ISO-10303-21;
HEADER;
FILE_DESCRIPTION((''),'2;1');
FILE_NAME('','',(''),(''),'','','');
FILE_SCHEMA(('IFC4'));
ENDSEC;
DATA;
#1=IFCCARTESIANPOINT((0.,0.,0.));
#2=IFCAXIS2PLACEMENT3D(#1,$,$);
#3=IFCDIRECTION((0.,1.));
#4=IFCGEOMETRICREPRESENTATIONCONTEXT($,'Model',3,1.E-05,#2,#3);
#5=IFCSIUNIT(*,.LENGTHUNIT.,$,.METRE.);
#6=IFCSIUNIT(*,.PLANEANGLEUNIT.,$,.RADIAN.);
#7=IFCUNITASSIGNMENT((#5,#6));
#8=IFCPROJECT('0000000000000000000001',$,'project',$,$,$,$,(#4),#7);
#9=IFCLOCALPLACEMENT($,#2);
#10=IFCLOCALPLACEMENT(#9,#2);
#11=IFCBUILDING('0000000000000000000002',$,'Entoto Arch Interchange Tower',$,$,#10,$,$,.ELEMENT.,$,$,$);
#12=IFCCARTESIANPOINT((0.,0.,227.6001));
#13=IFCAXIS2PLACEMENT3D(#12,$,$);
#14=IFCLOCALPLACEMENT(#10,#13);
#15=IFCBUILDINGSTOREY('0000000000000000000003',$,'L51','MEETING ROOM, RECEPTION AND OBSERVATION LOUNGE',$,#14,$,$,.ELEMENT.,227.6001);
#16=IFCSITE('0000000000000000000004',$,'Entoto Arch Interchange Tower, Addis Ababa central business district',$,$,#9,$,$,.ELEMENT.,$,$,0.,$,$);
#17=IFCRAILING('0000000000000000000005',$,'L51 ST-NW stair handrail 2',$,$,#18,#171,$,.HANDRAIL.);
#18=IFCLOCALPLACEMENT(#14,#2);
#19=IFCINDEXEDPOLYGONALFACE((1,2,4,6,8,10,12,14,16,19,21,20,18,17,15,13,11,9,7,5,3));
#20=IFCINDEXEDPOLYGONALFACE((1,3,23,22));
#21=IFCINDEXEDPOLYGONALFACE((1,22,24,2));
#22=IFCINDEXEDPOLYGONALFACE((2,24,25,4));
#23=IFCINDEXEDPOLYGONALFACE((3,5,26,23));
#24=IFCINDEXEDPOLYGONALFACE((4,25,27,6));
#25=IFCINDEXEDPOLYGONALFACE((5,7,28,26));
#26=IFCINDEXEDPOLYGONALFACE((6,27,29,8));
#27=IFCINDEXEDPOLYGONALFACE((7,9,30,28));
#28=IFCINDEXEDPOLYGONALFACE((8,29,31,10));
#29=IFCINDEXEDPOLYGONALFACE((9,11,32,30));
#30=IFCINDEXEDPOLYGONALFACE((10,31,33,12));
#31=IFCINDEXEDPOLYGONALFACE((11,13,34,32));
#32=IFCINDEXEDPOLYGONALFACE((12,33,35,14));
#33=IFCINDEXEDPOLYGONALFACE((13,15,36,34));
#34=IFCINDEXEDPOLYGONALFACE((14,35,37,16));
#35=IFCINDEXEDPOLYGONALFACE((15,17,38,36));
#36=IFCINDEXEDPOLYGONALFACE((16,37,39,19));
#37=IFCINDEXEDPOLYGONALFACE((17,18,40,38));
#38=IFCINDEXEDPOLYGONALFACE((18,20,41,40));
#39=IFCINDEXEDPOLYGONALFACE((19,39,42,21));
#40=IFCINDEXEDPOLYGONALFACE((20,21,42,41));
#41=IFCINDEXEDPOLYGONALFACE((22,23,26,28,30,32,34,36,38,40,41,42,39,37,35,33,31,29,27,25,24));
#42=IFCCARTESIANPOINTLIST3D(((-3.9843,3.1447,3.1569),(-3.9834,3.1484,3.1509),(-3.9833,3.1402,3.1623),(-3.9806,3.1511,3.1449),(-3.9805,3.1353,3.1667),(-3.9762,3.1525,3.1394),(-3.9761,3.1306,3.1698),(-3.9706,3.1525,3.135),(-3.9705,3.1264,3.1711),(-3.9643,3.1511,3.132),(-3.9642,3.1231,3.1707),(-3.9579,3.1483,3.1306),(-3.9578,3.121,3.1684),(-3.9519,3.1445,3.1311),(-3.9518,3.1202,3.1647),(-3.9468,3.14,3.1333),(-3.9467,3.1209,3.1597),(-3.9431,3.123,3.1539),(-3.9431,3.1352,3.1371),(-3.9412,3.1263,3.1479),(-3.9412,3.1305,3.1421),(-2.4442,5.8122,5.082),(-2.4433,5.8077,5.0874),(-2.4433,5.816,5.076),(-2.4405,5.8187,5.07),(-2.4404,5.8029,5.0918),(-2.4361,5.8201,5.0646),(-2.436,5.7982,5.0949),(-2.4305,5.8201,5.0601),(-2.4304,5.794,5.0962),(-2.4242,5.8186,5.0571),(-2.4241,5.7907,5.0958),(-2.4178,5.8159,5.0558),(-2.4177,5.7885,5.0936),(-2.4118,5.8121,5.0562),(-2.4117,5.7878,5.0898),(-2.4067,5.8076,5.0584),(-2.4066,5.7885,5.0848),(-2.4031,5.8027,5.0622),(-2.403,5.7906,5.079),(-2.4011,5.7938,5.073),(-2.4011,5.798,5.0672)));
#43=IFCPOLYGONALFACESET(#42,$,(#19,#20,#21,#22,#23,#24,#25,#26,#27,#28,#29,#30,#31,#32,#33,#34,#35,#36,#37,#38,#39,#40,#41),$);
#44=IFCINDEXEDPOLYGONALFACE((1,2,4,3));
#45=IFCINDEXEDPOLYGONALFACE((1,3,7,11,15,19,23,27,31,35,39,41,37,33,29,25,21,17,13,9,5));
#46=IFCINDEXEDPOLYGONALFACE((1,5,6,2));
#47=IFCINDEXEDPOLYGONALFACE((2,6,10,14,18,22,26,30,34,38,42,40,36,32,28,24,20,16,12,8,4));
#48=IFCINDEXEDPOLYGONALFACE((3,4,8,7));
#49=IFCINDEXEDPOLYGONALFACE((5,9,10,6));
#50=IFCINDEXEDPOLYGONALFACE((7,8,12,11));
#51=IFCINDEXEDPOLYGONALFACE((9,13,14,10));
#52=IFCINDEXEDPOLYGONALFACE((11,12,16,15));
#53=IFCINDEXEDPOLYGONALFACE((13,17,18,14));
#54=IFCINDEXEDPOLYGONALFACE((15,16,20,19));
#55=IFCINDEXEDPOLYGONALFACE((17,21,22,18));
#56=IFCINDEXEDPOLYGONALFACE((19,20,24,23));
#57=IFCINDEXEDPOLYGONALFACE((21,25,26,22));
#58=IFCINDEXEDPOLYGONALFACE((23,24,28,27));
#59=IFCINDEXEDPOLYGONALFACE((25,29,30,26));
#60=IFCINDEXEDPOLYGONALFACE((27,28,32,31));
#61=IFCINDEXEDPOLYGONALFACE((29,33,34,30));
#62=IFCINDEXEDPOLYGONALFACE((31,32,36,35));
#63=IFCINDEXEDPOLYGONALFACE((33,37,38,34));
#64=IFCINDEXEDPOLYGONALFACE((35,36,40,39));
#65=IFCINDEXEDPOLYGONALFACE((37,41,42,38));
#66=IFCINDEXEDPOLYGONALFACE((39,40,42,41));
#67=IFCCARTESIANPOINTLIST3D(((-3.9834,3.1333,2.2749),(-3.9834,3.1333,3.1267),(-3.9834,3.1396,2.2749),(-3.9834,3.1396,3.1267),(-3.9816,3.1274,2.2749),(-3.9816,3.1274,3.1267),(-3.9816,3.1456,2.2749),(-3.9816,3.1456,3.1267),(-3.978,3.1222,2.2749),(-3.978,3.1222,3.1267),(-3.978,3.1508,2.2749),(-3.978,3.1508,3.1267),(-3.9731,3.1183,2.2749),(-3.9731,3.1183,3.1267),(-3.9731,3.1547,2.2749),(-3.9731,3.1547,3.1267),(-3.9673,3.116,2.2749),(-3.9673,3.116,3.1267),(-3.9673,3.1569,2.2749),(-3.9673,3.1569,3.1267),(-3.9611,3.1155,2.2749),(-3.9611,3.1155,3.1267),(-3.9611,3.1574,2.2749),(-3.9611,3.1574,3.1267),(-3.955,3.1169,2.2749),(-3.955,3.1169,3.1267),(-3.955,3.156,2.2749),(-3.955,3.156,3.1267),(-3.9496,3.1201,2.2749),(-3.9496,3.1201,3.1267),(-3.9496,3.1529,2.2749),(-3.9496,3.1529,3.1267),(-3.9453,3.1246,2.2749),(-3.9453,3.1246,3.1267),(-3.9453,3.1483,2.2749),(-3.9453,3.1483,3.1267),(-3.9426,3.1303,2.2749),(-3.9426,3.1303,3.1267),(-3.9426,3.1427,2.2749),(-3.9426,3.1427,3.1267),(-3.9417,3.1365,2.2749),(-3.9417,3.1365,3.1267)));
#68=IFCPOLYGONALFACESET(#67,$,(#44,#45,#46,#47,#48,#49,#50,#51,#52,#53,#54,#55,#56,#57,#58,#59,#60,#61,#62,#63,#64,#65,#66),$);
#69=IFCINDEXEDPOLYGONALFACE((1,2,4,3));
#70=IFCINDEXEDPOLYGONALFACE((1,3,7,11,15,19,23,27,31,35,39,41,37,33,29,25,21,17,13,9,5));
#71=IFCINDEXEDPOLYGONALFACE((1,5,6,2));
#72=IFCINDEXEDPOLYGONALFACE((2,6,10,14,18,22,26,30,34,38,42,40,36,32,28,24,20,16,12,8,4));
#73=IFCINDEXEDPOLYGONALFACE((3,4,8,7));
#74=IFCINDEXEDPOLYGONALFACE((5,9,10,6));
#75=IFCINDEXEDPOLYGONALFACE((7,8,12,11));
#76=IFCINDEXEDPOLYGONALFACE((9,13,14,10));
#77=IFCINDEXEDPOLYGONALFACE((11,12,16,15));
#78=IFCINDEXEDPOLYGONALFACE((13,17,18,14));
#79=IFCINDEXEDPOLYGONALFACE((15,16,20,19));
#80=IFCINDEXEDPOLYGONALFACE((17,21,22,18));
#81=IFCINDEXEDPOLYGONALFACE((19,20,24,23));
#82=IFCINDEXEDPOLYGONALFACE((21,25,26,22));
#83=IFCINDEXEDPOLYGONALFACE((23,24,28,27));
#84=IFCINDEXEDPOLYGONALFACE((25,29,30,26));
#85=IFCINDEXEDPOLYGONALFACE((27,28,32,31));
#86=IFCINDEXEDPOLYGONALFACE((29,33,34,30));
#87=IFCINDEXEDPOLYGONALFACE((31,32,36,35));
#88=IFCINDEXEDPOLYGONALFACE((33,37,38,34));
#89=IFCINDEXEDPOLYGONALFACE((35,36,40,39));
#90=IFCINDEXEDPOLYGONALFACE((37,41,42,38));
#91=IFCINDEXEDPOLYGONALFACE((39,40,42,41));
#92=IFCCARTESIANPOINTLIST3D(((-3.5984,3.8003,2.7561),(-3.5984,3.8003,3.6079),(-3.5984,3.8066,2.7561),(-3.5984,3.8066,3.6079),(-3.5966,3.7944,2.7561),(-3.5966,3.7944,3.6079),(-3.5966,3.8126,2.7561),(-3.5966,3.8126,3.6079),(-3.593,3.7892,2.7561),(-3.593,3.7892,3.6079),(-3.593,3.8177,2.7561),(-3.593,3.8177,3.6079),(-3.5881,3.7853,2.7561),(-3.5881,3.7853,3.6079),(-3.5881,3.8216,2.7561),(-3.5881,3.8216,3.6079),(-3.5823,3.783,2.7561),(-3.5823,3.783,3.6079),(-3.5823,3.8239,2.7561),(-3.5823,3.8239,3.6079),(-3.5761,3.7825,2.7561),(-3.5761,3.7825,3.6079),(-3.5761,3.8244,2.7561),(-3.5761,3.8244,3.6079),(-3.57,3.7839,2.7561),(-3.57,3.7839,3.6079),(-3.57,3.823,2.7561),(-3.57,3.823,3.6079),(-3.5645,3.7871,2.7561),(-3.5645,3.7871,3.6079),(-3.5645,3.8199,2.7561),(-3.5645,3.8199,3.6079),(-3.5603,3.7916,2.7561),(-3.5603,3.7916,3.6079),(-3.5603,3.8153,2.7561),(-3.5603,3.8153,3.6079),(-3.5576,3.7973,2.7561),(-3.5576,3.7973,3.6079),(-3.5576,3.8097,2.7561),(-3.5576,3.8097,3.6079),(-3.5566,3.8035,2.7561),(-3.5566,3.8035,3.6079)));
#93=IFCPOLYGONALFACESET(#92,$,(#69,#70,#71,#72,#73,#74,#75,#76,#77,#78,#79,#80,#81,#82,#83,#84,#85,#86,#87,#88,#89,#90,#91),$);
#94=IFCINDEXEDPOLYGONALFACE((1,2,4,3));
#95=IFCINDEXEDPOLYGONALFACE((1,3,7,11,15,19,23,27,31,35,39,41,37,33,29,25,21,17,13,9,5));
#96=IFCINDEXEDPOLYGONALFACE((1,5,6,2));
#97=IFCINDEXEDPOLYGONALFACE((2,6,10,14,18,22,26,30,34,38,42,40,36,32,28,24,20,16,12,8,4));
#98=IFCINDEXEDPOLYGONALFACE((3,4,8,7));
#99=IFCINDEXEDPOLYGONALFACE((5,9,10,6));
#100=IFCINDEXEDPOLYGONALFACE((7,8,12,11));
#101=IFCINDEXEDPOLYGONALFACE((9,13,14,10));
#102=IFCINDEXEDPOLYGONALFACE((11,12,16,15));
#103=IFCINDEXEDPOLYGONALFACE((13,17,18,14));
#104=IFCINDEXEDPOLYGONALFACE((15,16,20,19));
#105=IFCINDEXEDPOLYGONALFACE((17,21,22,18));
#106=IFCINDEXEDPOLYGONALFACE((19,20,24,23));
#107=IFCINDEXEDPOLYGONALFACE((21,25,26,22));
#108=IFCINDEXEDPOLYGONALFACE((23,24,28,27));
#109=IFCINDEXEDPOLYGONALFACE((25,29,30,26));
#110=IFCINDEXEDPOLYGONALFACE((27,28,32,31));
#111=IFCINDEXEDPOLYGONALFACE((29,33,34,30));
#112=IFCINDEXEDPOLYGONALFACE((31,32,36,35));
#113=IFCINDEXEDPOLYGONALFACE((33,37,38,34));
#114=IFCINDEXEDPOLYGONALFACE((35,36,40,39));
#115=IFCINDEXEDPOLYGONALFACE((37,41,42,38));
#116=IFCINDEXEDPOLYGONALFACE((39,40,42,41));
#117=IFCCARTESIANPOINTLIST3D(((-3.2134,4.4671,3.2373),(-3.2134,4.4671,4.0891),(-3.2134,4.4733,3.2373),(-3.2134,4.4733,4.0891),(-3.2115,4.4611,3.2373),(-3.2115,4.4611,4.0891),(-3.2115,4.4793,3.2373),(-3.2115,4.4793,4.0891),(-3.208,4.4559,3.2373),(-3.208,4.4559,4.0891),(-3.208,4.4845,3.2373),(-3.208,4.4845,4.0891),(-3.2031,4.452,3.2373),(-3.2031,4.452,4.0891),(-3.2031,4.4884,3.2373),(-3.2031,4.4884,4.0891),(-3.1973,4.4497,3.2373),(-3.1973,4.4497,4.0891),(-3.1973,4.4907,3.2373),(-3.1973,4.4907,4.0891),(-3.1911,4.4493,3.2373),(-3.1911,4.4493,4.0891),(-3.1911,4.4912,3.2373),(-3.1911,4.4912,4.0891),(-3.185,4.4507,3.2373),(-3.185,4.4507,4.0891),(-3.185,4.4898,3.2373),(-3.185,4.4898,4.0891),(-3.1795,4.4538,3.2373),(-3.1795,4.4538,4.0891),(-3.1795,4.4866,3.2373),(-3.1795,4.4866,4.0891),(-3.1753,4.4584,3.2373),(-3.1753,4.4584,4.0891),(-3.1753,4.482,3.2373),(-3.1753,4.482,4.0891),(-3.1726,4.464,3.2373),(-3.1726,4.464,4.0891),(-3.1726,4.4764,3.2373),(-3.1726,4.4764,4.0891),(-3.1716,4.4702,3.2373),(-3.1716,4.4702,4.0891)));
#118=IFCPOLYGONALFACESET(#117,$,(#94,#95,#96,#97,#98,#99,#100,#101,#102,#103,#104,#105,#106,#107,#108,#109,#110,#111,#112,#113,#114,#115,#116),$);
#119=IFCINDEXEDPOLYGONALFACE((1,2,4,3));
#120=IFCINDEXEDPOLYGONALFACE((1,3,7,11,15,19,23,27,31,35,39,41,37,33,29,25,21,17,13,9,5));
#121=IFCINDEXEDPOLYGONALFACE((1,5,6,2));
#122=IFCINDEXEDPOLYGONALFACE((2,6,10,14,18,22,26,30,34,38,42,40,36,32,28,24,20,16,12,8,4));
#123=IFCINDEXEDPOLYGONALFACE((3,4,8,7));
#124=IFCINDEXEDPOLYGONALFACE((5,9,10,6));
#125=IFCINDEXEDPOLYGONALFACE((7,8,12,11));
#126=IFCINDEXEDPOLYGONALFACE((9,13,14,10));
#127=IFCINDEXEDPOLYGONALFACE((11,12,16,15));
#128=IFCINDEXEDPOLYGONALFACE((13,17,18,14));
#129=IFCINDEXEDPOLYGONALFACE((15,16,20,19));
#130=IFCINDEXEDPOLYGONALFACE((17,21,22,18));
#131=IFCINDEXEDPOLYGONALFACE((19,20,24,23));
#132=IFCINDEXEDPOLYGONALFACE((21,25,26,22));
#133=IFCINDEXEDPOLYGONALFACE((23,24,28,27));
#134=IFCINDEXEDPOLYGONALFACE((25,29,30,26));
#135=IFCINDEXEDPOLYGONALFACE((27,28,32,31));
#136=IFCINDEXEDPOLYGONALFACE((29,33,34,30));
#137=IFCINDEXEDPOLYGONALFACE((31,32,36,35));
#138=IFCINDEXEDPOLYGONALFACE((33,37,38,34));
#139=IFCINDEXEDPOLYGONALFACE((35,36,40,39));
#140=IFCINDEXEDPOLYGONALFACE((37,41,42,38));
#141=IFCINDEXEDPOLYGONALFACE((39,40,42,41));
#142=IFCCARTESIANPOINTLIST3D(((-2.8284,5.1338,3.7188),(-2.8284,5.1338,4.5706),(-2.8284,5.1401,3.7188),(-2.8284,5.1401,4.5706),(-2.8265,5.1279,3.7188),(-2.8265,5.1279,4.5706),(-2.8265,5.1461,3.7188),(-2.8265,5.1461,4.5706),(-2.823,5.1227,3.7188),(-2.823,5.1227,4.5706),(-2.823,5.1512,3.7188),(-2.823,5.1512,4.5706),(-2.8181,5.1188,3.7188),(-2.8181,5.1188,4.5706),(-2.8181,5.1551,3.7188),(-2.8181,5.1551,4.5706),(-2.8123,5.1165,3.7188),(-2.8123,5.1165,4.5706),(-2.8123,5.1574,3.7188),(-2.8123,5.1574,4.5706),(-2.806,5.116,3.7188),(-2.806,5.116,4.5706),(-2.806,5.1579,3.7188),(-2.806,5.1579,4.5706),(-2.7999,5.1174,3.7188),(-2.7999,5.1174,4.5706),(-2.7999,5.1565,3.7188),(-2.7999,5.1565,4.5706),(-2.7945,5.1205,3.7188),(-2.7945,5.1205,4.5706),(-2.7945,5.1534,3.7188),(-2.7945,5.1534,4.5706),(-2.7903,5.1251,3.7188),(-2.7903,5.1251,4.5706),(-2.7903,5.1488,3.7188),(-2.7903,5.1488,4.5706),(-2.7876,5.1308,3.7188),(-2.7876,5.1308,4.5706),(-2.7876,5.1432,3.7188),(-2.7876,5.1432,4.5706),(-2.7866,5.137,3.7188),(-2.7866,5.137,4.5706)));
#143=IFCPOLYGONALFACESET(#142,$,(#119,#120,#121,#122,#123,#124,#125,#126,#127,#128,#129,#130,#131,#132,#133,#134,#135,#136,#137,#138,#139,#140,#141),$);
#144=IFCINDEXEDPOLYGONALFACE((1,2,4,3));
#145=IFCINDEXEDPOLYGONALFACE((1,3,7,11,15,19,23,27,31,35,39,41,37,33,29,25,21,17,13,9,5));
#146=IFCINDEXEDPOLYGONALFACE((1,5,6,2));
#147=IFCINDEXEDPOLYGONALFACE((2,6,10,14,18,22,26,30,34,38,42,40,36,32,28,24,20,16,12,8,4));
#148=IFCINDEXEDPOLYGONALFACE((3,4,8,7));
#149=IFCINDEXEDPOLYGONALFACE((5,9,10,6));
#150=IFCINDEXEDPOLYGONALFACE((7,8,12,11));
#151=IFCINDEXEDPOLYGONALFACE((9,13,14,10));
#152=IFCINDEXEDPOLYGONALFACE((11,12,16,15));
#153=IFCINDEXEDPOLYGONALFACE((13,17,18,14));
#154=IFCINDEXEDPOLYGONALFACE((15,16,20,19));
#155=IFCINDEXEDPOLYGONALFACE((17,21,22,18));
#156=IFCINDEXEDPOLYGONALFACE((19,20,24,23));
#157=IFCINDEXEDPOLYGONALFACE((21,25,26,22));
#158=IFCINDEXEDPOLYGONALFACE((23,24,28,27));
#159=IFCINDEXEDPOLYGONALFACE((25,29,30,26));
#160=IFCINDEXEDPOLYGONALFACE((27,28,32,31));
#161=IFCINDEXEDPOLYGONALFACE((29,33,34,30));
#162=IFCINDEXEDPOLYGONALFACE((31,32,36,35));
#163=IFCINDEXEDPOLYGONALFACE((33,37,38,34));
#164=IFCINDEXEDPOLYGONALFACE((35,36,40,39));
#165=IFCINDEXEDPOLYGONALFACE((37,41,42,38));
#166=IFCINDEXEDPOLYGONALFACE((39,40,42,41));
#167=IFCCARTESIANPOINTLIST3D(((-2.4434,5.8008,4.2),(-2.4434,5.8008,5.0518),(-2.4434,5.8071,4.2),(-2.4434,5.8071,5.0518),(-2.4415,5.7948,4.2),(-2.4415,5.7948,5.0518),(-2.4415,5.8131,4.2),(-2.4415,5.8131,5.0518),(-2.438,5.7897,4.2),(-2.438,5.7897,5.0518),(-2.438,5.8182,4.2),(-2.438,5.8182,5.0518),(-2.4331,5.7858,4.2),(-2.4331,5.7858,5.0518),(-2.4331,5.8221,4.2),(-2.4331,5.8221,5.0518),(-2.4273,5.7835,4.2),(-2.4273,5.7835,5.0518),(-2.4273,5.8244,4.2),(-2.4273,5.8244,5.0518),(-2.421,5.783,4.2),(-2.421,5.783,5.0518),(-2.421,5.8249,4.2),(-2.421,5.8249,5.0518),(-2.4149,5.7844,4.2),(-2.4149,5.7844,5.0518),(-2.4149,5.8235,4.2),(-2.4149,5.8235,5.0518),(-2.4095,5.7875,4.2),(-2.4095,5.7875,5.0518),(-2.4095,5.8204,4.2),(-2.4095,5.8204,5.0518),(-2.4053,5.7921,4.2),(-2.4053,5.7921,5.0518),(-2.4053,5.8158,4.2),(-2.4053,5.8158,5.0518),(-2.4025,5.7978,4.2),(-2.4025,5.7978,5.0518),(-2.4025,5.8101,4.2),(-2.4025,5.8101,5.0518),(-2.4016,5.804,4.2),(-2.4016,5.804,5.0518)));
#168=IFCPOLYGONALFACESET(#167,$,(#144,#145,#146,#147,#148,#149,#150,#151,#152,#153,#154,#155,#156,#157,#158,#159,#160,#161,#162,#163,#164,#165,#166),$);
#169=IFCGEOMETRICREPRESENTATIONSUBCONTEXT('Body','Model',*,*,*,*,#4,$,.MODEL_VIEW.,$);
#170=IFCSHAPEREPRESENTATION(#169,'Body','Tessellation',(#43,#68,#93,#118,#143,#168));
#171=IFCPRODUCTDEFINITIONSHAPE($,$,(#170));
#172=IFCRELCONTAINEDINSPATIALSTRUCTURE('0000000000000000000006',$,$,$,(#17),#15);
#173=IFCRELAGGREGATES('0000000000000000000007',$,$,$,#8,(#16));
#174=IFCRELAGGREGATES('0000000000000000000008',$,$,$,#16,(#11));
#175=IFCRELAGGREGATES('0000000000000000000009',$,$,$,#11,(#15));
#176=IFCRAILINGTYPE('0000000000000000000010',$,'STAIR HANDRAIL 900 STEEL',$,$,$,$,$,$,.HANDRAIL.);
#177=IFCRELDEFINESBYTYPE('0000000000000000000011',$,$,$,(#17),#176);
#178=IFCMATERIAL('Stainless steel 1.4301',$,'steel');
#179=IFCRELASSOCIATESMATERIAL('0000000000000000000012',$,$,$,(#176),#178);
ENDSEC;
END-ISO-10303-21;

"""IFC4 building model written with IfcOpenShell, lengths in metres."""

from ifc_helpers import new_model, si_unit, direction, frame, origin, origin_2d, place, context, subcontext, project, spatial, circle, extrude, material, type_object, element, save


model = new_model("IFC4")

# Units and contexts
model_context = context("Model", 3, precision=1e-05, world=origin(), true_north=direction((0.0, 1.0)))
body_context = subcontext(model_context, "Body", "Model", "MODEL_VIEW")
ifc_project = project(units=[si_unit("LENGTHUNIT", "METRE"), si_unit("PLANEANGLEUNIT", "RADIAN")], contexts=[model_context])

# Site, building, storey
site_placement = place(None, origin())
site = spatial("IfcSite", under=ifc_project, at=site_placement, Name="Entoto Arch Interchange Tower, Addis Ababa central business district", CompositionType="ELEMENT", RefElevation=0.0)
building_placement = place(site_placement, origin())
building = spatial("IfcBuilding", under=site, at=building_placement, Name="Entoto Arch Interchange Tower", CompositionType="ELEMENT")
storey_placement = place(building_placement, frame((0.0, 0.0, 227.6001)))
storey = spatial("IfcBuildingStorey", under=building, at=storey_placement, Name="L51", Description="MEETING ROOM, RECEPTION AND OBSERVATION LOUNGE", CompositionType="ELEMENT", Elevation=227.6001)

# Railing
ifc_material_1 = material(Name="Stainless steel 1.4301", Category="steel")
railing_type_1 = type_object("IfcRailingType", Name="STAIR HANDRAIL 900 STEEL", PredefinedType="HANDRAIL", material=ifc_material_1)
railing_1_placement = place(storey_placement, frame((-3.9626, 3.1365, 2.2749)))
element("IfcRailing", 1, at=railing_1_placement, inside=storey, type_object=railing_type_1, Name="L51 ST-NW stair handrail 2", PredefinedType="HANDRAIL", context=body_context, shape_type="SweptSolid", body=[
    extrude(circle(Radius=0.0239, at=origin_2d()), frame((0.0, 0.0, 0.876), z_axis=(0.423994, 0.734395, 0.529993), x_axis=(-0.86603, 0.499992, 0.0)), (0.0, 0.0, 1.0), 3.6323),
    extrude(circle(Radius=0.021, at=origin_2d()), origin(), (0.0, 0.0, 1.0), 0.8518),
    extrude(circle(Radius=0.021, at=origin_2d()), frame((0.385, 0.667, 0.4812)), (0.0, 0.0, 1.0), 0.8518),
    extrude(circle(Radius=0.021, at=origin_2d()), frame((0.77, 1.3337, 0.9624)), (0.0, 0.0, 1.0), 0.8518),
    extrude(circle(Radius=0.021, at=origin_2d()), frame((1.155, 2.0005, 1.4438)), (0.0, 0.0, 1.0), 0.8518),
    extrude(circle(Radius=0.021, at=origin_2d()), frame((1.54, 2.6675, 1.925)), (0.0, 0.0, 1.0), 0.8518),
])

save(model, "model.ifc")
